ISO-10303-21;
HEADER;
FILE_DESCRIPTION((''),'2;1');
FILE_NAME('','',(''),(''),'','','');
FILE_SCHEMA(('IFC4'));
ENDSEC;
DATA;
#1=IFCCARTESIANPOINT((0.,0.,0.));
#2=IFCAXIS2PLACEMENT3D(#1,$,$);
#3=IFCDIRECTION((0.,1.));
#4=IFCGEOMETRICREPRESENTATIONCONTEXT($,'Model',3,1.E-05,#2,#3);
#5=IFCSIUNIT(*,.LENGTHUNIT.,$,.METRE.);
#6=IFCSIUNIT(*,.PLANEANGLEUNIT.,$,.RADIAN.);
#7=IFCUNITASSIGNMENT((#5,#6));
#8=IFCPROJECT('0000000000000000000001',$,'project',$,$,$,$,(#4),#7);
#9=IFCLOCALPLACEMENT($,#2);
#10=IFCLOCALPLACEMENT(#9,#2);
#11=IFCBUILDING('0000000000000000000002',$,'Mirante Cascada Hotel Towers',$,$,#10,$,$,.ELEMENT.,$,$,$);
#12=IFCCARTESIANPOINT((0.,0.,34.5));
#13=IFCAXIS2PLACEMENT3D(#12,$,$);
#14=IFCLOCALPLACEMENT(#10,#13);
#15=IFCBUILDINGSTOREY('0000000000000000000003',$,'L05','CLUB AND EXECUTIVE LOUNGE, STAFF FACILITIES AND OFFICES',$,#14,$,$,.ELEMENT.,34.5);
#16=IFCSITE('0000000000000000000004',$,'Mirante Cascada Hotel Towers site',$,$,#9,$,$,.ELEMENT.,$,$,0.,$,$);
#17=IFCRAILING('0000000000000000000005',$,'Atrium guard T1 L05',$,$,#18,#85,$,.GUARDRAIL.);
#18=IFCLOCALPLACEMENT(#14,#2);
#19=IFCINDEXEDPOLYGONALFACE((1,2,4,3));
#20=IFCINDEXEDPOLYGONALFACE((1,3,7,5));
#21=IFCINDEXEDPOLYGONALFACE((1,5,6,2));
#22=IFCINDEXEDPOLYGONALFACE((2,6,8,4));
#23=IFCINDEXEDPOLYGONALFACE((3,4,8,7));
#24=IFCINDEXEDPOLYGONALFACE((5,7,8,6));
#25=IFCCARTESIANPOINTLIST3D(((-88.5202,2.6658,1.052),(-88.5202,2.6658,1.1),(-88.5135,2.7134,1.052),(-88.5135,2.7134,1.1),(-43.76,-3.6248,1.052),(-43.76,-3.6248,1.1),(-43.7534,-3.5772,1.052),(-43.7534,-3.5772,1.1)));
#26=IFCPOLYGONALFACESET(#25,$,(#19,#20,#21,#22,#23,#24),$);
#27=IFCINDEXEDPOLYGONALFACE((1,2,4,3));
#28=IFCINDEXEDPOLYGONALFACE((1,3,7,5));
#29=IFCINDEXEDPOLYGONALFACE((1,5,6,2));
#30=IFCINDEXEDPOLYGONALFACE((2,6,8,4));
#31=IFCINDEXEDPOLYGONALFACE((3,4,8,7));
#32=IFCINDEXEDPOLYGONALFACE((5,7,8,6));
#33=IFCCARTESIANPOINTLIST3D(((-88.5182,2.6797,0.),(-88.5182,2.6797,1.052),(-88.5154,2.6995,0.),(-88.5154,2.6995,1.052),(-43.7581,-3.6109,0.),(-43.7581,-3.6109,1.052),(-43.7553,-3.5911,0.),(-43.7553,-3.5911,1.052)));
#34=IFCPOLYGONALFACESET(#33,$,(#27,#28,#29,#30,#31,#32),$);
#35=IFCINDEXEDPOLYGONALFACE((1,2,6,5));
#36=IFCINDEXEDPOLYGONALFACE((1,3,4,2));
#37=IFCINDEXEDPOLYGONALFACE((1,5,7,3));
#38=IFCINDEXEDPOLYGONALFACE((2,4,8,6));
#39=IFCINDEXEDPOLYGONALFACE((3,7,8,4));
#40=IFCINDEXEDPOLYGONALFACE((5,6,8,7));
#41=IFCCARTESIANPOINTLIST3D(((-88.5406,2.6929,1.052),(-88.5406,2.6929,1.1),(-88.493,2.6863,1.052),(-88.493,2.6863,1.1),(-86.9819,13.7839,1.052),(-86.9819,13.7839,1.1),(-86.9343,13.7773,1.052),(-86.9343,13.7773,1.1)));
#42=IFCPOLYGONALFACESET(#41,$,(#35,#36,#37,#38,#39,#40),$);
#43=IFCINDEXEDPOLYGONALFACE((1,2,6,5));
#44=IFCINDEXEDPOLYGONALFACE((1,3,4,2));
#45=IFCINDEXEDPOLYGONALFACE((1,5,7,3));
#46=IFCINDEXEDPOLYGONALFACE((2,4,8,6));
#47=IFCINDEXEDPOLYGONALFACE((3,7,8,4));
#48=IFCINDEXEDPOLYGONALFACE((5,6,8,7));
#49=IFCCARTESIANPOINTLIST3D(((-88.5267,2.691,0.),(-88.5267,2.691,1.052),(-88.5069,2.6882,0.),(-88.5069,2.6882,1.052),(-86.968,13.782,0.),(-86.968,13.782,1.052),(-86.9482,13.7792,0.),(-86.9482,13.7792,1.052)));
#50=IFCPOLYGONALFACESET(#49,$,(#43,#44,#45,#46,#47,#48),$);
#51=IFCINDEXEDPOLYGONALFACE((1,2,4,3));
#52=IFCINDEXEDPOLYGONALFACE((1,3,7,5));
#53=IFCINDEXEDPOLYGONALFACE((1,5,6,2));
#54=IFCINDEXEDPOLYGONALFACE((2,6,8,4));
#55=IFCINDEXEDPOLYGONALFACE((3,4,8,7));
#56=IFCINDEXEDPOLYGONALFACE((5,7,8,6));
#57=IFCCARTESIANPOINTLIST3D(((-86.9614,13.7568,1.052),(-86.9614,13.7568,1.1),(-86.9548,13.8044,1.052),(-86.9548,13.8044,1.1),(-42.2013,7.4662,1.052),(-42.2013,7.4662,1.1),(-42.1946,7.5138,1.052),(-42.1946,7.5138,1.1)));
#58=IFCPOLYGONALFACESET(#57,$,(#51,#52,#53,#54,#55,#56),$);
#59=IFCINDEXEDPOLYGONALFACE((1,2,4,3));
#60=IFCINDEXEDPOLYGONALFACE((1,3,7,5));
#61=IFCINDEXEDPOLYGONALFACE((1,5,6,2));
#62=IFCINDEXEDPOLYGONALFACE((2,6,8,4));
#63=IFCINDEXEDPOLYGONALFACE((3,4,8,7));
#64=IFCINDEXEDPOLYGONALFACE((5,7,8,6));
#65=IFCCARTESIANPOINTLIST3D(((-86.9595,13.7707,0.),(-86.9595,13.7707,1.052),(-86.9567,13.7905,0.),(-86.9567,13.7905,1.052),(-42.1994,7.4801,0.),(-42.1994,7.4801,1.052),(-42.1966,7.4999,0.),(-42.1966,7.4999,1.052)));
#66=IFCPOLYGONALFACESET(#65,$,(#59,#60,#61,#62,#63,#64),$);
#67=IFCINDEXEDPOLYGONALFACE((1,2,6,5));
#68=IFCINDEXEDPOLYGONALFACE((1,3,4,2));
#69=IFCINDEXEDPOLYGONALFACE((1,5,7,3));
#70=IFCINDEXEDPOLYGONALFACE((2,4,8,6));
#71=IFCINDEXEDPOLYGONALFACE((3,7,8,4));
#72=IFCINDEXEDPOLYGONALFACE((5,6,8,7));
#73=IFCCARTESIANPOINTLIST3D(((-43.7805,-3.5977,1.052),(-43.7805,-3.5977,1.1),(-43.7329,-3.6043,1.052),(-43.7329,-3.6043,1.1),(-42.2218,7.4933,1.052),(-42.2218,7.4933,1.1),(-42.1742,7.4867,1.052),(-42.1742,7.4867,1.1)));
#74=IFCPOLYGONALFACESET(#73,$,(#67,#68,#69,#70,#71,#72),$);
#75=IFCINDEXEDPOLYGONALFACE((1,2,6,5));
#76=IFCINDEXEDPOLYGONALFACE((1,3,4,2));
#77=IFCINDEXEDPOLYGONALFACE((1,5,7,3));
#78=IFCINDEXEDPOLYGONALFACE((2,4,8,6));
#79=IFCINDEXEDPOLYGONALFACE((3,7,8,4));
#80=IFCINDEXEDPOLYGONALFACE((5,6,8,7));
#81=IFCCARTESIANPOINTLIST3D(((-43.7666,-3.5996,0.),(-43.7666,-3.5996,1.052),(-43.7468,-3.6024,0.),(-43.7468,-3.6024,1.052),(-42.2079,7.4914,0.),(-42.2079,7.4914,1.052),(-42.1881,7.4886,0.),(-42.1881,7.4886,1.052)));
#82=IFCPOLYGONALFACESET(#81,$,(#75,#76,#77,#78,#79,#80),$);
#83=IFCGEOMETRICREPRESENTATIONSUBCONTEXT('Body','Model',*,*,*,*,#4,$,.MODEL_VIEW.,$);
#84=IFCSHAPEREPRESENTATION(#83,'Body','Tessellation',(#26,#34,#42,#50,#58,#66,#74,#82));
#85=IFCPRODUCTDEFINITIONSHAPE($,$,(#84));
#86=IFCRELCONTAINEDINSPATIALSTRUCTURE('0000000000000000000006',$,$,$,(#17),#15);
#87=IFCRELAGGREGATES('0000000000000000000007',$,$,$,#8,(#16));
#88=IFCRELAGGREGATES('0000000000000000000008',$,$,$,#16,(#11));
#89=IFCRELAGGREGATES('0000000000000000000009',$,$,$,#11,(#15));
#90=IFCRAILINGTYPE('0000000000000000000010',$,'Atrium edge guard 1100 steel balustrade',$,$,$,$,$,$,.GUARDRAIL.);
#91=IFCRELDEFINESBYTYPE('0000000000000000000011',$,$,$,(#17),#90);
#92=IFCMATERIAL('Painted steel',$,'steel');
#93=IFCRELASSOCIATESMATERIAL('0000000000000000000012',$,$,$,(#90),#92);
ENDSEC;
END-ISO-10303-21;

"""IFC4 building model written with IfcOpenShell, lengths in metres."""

from ifc_helpers import new_model, si_unit, direction, frame, origin, origin_2d, place, context, subcontext, project, spatial, rectangle, extrude, material, type_object, element, save


model = new_model("IFC4")

# Units and contexts
model_context = context("Model", 3, precision=1e-05, world=origin(), true_north=direction((0.0, 1.0)))
body_context = subcontext(model_context, "Body", "Model", "MODEL_VIEW")
ifc_project = project(units=[si_unit("LENGTHUNIT", "METRE"), si_unit("PLANEANGLEUNIT", "RADIAN")], contexts=[model_context])

# Site, building, storey
site_placement = place(None, origin())
site = spatial("IfcSite", under=ifc_project, at=site_placement, Name="Mirante Cascada Hotel Towers site", CompositionType="ELEMENT", RefElevation=0.0)
building_placement = place(site_placement, origin())
building = spatial("IfcBuilding", under=site, at=building_placement, Name="Mirante Cascada Hotel Towers", CompositionType="ELEMENT")
storey_placement = place(building_placement, frame((0.0, 0.0, 34.5)))
storey = spatial("IfcBuildingStorey", under=building, at=storey_placement, Name="L05", Description="CLUB AND EXECUTIVE LOUNGE, STAFF FACILITIES AND OFFICES", CompositionType="ELEMENT", Elevation=34.5)

# Railing
ifc_material_1 = material(Name="Painted steel", Category="steel")
railing_type = type_object("IfcRailingType", Name="Atrium edge guard 1100 steel balustrade", PredefinedType="GUARDRAIL", material=ifc_material_1)
railing_placement = place(storey_placement, frame((-43.7567, -3.601, 0.0)))
element("IfcRailing", 1, at=railing_placement, inside=storey, type_object=railing_type, Name="Atrium guard T1 L05", PredefinedType="GUARDRAIL", context=body_context, shape_type="SweptSolid", body=[
    extrude(rectangle(XDim=0.048, YDim=0.048, at=origin_2d()), frame((0.0, 0.0, 1.076), z_axis=(-0.990268, 0.139173, 0.0), x_axis=(-0.139173, -0.990268, 0.0)), (0.0, 0.0, 1.0), 45.2),
    extrude(rectangle(XDim=0.02, YDim=1.052, at=origin_2d()), frame((0.0, 0.0, 0.526), z_axis=(-0.990268, 0.139173, 0.0), x_axis=(-0.139173, -0.990268, 0.0)), (0.0, 0.0, 1.0), 45.2),
    extrude(rectangle(XDim=0.048, YDim=0.048, at=origin_2d()), frame((-44.7601, 6.2906, 1.076), z_axis=(0.13917, 0.990268, 0.0), x_axis=(-0.990268, 0.13917, 0.0)), (0.0, 0.0, 1.0), 11.2),
    extrude(rectangle(XDim=0.02, YDim=1.052, at=origin_2d()), frame((-44.7601, 6.2906, 0.526), z_axis=(0.13917, 0.990268, 0.0), x_axis=(-0.990268, 0.13917, 0.0)), (0.0, 0.0, 1.0), 11.2),
    extrude(rectangle(XDim=0.048, YDim=0.048, at=origin_2d()), frame((-43.2014, 17.3816, 1.076), z_axis=(0.990268, -0.139173, 0.0), x_axis=(0.139173, 0.990268, 0.0)), (0.0, 0.0, 1.0), 45.2),
    extrude(rectangle(XDim=0.02, YDim=1.052, at=origin_2d()), frame((-43.2014, 17.3816, 0.526), z_axis=(0.990268, -0.139173, 0.0), x_axis=(0.139173, 0.990268, 0.0)), (0.0, 0.0, 1.0), 45.2),
    extrude(rectangle(XDim=0.048, YDim=0.048, at=origin_2d()), frame((1.5587, 11.091, 1.076), z_axis=(-0.13917, -0.990268, 0.0), x_axis=(0.990268, -0.13917, 0.0)), (0.0, 0.0, 1.0), 11.2),
    extrude(rectangle(XDim=0.02, YDim=1.052, at=origin_2d()), frame((1.5587, 11.091, 0.526), z_axis=(-0.13917, -0.990268, 0.0), x_axis=(0.990268, -0.13917, 0.0)), (0.0, 0.0, 1.0), 11.2),
])

save(model, "model.ifc")
